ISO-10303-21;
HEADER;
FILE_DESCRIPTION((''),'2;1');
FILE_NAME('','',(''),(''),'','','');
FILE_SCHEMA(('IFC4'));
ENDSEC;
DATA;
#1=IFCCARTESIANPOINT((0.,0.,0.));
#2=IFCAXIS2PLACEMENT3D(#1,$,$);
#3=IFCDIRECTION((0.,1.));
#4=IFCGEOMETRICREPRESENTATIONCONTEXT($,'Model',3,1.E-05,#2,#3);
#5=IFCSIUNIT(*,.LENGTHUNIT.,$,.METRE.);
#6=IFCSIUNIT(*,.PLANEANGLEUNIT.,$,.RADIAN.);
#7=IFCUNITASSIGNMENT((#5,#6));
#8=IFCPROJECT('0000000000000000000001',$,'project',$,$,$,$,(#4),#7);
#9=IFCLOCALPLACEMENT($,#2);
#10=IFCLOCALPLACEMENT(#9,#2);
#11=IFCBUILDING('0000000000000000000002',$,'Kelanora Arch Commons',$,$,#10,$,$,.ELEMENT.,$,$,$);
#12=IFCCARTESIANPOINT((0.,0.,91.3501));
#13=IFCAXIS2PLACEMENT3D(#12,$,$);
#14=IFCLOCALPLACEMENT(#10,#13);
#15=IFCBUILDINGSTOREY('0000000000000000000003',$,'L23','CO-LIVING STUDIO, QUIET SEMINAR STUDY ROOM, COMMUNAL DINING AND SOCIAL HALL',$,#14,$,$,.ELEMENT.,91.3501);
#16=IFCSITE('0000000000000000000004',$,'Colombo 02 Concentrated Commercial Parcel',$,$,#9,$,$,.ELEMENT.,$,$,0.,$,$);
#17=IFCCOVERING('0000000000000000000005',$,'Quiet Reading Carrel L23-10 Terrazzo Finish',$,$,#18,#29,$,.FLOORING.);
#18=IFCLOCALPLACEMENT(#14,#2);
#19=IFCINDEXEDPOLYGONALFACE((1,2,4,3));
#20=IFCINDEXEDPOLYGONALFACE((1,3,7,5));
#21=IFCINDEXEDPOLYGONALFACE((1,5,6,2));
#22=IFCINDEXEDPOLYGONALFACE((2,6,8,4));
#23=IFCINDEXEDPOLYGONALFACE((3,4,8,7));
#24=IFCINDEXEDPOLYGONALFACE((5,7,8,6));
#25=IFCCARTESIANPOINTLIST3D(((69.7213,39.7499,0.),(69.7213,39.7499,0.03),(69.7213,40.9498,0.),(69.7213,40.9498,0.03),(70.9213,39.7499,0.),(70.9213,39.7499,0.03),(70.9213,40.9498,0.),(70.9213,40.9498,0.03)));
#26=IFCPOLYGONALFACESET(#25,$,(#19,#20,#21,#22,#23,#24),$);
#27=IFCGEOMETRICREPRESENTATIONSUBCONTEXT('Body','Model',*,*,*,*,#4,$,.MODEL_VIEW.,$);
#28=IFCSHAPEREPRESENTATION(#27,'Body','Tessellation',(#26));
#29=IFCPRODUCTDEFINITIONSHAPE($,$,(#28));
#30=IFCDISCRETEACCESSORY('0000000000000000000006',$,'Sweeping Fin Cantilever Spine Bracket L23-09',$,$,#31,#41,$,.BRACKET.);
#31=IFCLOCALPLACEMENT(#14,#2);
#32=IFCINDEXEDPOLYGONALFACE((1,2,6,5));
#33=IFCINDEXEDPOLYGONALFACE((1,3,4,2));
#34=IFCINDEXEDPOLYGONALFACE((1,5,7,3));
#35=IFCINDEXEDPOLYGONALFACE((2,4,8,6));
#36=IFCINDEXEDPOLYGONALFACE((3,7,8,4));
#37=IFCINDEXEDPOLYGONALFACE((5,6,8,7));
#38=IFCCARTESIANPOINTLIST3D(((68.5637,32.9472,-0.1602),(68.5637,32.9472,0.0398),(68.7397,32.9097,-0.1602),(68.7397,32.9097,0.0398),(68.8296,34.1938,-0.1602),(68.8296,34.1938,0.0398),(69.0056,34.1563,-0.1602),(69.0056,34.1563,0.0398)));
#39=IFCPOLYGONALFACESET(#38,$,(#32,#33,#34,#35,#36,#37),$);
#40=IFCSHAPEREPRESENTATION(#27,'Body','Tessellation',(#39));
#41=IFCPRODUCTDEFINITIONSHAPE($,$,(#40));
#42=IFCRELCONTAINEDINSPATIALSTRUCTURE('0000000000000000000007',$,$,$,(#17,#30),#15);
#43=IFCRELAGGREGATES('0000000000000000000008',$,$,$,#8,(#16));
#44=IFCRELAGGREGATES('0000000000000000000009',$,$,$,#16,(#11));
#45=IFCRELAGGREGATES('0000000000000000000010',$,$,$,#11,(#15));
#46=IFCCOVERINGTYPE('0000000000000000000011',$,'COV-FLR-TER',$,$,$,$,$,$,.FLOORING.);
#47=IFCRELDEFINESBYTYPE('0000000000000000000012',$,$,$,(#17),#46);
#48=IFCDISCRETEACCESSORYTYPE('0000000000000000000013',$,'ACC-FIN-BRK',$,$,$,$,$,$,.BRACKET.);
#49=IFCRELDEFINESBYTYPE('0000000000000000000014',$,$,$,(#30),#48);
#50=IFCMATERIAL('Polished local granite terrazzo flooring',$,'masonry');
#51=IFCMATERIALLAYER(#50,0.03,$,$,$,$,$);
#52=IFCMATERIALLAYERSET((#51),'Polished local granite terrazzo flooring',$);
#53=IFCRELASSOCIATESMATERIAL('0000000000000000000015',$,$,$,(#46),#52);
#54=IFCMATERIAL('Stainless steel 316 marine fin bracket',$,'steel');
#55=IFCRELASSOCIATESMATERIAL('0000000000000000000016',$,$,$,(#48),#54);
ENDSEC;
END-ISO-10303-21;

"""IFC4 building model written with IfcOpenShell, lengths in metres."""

from ifc_helpers import new_model, si_unit, direction, frame, origin, origin_2d, place, context, subcontext, project, spatial, rectangle, extrude, source, transform, mapped, material, layer, layer_set, type_object, element, save


model = new_model("IFC4")

# Units and contexts
model_context = context("Model", 3, precision=1e-05, world=origin(), true_north=direction((0.0, 1.0)))
body_context = subcontext(model_context, "Body", "Model", "MODEL_VIEW")
ifc_project = project(units=[si_unit("LENGTHUNIT", "METRE"), si_unit("PLANEANGLEUNIT", "RADIAN")], contexts=[model_context])

# Site, building, storey
site_placement = place(None, origin())
site = spatial("IfcSite", under=ifc_project, at=site_placement, Name="Colombo 02 Concentrated Commercial Parcel", CompositionType="ELEMENT", RefElevation=0.0)
building_placement = place(site_placement, origin())
building = spatial("IfcBuilding", under=site, at=building_placement, Name="Kelanora Arch Commons", CompositionType="ELEMENT")
storey_placement = place(building_placement, frame((0.0, 0.0, 91.3501)))
storey = spatial("IfcBuildingStorey", under=building, at=storey_placement, Name="L23", Description="CO-LIVING STUDIO, QUIET SEMINAR STUDY ROOM, COMMUNAL DINING AND SOCIAL HALL", CompositionType="ELEMENT", Elevation=91.3501)

# Covering
ifc_material_1 = material(Name="Polished local granite terrazzo flooring", Category="masonry")
ifc_layer_1 = layer(ifc_material_1, 0.03)
ifc_layer_set_1 = layer_set([ifc_layer_1], Name="Polished local granite terrazzo flooring")
covering_type = type_object("IfcCoveringType", Name="COV-FLR-TER", PredefinedType="FLOORING", material=ifc_layer_set_1)
shared_shape_1 = source(origin(), body_context, "Body", "SweptSolid", [
    extrude(rectangle(XDim=1.2, YDim=1.2, at=origin_2d()), origin(), (0.0, 0.0, 1.0), 0.03),
])
covering_placement = place(storey_placement, frame((70.3213, 40.3499, 0.0), z_axis=(0.0, 0.0, 1.0), x_axis=(1.0, 0.0, 0.0)))
element("IfcCovering", 1, at=covering_placement, inside=storey, type_object=covering_type, Name="Quiet Reading Carrel L23-10 Terrazzo Finish", PredefinedType="FLOORING", context=body_context, shape_type="MappedRepresentation", body=[
    mapped(shared_shape_1, transform((0.0, 0.0, 0.0), scale=1.0)),
])

# Discrete accessory
ifc_material_2 = material(Name="Stainless steel 316 marine fin bracket", Category="steel")
discrete_accessory_type = type_object("IfcDiscreteAccessoryType", Name="ACC-FIN-BRK", PredefinedType="BRACKET", material=ifc_material_2)
shared_shape_2 = source(origin(), body_context, "Body", "SweptSolid", [
    extrude(rectangle(XDim=1.2747, YDim=0.1799, at=origin_2d()), origin(), (0.0, 0.0, 1.0), 0.2),
])
discrete_accessory_placement = place(storey_placement, frame((68.7847, 33.5518, -0.1602), z_axis=(0.0, 0.0, 1.0), x_axis=(-0.208595, -0.978002, 0.0)))
element("IfcDiscreteAccessory", 2, at=discrete_accessory_placement, inside=storey, type_object=discrete_accessory_type, Name="Sweeping Fin Cantilever Spine Bracket L23-09", PredefinedType="BRACKET", context=body_context, shape_type="MappedRepresentation", body=[
    mapped(shared_shape_2, transform((0.0, 0.0, 0.0), scale=1.0)),
])

save(model, "model.ifc")
